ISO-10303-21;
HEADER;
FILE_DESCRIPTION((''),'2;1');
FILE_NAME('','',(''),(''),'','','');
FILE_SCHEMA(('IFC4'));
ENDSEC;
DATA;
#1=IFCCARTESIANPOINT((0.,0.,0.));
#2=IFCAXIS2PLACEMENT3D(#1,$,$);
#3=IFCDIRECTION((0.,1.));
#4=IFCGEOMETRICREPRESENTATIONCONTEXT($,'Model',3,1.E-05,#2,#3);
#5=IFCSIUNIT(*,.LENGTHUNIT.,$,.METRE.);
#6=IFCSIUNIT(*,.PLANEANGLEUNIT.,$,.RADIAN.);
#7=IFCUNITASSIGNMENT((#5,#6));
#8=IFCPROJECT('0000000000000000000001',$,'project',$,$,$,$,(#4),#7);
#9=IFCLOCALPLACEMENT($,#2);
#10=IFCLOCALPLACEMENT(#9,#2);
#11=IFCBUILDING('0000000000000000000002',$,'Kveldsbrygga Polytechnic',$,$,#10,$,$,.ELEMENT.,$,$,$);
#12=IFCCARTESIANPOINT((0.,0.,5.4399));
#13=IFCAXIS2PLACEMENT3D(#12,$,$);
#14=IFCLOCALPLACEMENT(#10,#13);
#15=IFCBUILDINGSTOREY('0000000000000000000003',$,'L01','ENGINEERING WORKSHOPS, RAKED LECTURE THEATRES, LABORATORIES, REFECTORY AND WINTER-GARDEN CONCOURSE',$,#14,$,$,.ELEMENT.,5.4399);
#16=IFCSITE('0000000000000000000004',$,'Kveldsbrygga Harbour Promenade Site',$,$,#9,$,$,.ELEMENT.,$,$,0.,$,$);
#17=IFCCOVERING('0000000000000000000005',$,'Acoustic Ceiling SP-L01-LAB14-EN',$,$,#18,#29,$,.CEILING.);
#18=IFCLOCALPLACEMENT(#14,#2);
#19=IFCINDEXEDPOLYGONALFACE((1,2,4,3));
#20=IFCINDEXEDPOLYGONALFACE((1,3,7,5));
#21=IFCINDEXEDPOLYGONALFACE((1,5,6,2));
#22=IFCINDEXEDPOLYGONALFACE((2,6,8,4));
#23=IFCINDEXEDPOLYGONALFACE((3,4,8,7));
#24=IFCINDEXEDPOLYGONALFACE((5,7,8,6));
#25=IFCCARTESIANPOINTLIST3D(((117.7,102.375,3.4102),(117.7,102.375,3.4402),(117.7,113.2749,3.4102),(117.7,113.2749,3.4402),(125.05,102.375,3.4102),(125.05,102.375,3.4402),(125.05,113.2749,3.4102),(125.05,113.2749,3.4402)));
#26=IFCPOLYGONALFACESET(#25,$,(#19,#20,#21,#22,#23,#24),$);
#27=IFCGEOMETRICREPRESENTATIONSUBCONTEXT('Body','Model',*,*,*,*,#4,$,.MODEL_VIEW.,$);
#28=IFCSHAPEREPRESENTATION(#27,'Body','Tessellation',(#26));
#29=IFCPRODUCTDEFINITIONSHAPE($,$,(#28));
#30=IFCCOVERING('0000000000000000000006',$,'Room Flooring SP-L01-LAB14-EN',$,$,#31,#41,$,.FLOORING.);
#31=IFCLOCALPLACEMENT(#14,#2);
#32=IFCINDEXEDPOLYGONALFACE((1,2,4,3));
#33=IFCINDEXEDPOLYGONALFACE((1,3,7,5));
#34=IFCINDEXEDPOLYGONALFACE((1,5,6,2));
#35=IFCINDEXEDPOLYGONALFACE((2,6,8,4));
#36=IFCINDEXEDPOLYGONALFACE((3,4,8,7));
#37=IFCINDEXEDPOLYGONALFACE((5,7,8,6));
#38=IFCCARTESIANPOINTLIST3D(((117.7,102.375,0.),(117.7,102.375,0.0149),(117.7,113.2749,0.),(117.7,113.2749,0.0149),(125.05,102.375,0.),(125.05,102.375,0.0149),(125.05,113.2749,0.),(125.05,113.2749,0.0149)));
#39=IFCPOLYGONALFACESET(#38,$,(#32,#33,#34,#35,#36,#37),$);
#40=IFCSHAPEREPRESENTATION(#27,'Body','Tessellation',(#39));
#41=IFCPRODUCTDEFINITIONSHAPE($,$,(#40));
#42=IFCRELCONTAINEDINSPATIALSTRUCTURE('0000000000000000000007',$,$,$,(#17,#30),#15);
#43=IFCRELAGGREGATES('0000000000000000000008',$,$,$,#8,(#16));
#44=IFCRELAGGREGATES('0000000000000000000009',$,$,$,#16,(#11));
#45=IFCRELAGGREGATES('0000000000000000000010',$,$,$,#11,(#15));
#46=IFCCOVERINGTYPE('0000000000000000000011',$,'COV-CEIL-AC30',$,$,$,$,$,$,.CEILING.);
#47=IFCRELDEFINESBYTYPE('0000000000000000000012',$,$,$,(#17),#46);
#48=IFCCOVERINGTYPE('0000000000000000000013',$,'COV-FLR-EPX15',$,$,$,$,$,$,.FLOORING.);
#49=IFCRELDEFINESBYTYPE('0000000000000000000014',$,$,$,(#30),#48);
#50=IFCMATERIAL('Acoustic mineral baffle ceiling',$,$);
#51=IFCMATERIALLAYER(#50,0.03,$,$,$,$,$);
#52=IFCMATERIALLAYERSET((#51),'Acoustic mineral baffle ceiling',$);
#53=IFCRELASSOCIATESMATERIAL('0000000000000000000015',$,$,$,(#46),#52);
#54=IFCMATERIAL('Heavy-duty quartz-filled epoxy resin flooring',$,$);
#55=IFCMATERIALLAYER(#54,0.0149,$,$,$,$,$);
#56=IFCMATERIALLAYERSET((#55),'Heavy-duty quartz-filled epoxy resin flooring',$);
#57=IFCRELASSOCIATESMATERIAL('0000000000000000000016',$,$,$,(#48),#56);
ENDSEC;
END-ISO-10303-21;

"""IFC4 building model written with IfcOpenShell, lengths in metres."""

from ifc_helpers import new_model, si_unit, direction, frame, origin, origin_2d, place, context, subcontext, project, spatial, rectangle, extrude, material, layer, layer_set, type_object, element, save


model = new_model("IFC4")

# Units and contexts
model_context = context("Model", 3, precision=1e-05, world=origin(), true_north=direction((0.0, 1.0)))
body_context = subcontext(model_context, "Body", "Model", "MODEL_VIEW")
ifc_project = project(units=[si_unit("LENGTHUNIT", "METRE"), si_unit("PLANEANGLEUNIT", "RADIAN")], contexts=[model_context])

# Site, building, storey
site_placement = place(None, origin())
site = spatial("IfcSite", under=ifc_project, at=site_placement, Name="Kveldsbrygga Harbour Promenade Site", CompositionType="ELEMENT", RefElevation=0.0)
building_placement = place(site_placement, origin())
building = spatial("IfcBuilding", under=site, at=building_placement, Name="Kveldsbrygga Polytechnic", CompositionType="ELEMENT")
storey_placement = place(building_placement, frame((0.0, 0.0, 5.4399)))
storey = spatial("IfcBuildingStorey", under=building, at=storey_placement, Name="L01", Description="ENGINEERING WORKSHOPS, RAKED LECTURE THEATRES, LABORATORIES, REFECTORY AND WINTER-GARDEN CONCOURSE", CompositionType="ELEMENT", Elevation=5.4399)

# Coverings
ifc_material_1 = material(Name="Acoustic mineral baffle ceiling")
ifc_layer_1 = layer(ifc_material_1, 0.03)
ifc_layer_set_1 = layer_set([ifc_layer_1], Name="Acoustic mineral baffle ceiling")
covering_type_1 = type_object("IfcCoveringType", Name="COV-CEIL-AC30", PredefinedType="CEILING", material=ifc_layer_set_1)
covering_1_placement = place(storey_placement, frame((121.375, 107.825, 3.4102), z_axis=(0.0, 0.0, 1.0), x_axis=(1.0, 0.0, 0.0)))
element("IfcCovering", 1, at=covering_1_placement, inside=storey, type_object=covering_type_1, Name="Acoustic Ceiling SP-L01-LAB14-EN", PredefinedType="CEILING", context=body_context, shape_type="SweptSolid", body=[
    extrude(rectangle(XDim=7.3501, YDim=10.8999, at=origin_2d()), origin(), (0.0, 0.0, 1.0), 0.03),
])
ifc_material_2 = material(Name="Heavy-duty quartz-filled epoxy resin flooring")
ifc_layer_2 = layer(ifc_material_2, 0.0149)
ifc_layer_set_2 = layer_set([ifc_layer_2], Name="Heavy-duty quartz-filled epoxy resin flooring")
covering_type_2 = type_object("IfcCoveringType", Name="COV-FLR-EPX15", PredefinedType="FLOORING", material=ifc_layer_set_2)
covering_2_placement = place(storey_placement, frame((121.375, 107.825, 0.0), z_axis=(0.0, 0.0, 1.0), x_axis=(1.0, 0.0, 0.0)))
element("IfcCovering", 2, at=covering_2_placement, inside=storey, type_object=covering_type_2, Name="Room Flooring SP-L01-LAB14-EN", PredefinedType="FLOORING", context=body_context, shape_type="SweptSolid", body=[
    extrude(rectangle(XDim=7.3501, YDim=10.8999, at=origin_2d()), origin(), (0.0, 0.0, 1.0), 0.0149),
])

save(model, "model.ifc")
